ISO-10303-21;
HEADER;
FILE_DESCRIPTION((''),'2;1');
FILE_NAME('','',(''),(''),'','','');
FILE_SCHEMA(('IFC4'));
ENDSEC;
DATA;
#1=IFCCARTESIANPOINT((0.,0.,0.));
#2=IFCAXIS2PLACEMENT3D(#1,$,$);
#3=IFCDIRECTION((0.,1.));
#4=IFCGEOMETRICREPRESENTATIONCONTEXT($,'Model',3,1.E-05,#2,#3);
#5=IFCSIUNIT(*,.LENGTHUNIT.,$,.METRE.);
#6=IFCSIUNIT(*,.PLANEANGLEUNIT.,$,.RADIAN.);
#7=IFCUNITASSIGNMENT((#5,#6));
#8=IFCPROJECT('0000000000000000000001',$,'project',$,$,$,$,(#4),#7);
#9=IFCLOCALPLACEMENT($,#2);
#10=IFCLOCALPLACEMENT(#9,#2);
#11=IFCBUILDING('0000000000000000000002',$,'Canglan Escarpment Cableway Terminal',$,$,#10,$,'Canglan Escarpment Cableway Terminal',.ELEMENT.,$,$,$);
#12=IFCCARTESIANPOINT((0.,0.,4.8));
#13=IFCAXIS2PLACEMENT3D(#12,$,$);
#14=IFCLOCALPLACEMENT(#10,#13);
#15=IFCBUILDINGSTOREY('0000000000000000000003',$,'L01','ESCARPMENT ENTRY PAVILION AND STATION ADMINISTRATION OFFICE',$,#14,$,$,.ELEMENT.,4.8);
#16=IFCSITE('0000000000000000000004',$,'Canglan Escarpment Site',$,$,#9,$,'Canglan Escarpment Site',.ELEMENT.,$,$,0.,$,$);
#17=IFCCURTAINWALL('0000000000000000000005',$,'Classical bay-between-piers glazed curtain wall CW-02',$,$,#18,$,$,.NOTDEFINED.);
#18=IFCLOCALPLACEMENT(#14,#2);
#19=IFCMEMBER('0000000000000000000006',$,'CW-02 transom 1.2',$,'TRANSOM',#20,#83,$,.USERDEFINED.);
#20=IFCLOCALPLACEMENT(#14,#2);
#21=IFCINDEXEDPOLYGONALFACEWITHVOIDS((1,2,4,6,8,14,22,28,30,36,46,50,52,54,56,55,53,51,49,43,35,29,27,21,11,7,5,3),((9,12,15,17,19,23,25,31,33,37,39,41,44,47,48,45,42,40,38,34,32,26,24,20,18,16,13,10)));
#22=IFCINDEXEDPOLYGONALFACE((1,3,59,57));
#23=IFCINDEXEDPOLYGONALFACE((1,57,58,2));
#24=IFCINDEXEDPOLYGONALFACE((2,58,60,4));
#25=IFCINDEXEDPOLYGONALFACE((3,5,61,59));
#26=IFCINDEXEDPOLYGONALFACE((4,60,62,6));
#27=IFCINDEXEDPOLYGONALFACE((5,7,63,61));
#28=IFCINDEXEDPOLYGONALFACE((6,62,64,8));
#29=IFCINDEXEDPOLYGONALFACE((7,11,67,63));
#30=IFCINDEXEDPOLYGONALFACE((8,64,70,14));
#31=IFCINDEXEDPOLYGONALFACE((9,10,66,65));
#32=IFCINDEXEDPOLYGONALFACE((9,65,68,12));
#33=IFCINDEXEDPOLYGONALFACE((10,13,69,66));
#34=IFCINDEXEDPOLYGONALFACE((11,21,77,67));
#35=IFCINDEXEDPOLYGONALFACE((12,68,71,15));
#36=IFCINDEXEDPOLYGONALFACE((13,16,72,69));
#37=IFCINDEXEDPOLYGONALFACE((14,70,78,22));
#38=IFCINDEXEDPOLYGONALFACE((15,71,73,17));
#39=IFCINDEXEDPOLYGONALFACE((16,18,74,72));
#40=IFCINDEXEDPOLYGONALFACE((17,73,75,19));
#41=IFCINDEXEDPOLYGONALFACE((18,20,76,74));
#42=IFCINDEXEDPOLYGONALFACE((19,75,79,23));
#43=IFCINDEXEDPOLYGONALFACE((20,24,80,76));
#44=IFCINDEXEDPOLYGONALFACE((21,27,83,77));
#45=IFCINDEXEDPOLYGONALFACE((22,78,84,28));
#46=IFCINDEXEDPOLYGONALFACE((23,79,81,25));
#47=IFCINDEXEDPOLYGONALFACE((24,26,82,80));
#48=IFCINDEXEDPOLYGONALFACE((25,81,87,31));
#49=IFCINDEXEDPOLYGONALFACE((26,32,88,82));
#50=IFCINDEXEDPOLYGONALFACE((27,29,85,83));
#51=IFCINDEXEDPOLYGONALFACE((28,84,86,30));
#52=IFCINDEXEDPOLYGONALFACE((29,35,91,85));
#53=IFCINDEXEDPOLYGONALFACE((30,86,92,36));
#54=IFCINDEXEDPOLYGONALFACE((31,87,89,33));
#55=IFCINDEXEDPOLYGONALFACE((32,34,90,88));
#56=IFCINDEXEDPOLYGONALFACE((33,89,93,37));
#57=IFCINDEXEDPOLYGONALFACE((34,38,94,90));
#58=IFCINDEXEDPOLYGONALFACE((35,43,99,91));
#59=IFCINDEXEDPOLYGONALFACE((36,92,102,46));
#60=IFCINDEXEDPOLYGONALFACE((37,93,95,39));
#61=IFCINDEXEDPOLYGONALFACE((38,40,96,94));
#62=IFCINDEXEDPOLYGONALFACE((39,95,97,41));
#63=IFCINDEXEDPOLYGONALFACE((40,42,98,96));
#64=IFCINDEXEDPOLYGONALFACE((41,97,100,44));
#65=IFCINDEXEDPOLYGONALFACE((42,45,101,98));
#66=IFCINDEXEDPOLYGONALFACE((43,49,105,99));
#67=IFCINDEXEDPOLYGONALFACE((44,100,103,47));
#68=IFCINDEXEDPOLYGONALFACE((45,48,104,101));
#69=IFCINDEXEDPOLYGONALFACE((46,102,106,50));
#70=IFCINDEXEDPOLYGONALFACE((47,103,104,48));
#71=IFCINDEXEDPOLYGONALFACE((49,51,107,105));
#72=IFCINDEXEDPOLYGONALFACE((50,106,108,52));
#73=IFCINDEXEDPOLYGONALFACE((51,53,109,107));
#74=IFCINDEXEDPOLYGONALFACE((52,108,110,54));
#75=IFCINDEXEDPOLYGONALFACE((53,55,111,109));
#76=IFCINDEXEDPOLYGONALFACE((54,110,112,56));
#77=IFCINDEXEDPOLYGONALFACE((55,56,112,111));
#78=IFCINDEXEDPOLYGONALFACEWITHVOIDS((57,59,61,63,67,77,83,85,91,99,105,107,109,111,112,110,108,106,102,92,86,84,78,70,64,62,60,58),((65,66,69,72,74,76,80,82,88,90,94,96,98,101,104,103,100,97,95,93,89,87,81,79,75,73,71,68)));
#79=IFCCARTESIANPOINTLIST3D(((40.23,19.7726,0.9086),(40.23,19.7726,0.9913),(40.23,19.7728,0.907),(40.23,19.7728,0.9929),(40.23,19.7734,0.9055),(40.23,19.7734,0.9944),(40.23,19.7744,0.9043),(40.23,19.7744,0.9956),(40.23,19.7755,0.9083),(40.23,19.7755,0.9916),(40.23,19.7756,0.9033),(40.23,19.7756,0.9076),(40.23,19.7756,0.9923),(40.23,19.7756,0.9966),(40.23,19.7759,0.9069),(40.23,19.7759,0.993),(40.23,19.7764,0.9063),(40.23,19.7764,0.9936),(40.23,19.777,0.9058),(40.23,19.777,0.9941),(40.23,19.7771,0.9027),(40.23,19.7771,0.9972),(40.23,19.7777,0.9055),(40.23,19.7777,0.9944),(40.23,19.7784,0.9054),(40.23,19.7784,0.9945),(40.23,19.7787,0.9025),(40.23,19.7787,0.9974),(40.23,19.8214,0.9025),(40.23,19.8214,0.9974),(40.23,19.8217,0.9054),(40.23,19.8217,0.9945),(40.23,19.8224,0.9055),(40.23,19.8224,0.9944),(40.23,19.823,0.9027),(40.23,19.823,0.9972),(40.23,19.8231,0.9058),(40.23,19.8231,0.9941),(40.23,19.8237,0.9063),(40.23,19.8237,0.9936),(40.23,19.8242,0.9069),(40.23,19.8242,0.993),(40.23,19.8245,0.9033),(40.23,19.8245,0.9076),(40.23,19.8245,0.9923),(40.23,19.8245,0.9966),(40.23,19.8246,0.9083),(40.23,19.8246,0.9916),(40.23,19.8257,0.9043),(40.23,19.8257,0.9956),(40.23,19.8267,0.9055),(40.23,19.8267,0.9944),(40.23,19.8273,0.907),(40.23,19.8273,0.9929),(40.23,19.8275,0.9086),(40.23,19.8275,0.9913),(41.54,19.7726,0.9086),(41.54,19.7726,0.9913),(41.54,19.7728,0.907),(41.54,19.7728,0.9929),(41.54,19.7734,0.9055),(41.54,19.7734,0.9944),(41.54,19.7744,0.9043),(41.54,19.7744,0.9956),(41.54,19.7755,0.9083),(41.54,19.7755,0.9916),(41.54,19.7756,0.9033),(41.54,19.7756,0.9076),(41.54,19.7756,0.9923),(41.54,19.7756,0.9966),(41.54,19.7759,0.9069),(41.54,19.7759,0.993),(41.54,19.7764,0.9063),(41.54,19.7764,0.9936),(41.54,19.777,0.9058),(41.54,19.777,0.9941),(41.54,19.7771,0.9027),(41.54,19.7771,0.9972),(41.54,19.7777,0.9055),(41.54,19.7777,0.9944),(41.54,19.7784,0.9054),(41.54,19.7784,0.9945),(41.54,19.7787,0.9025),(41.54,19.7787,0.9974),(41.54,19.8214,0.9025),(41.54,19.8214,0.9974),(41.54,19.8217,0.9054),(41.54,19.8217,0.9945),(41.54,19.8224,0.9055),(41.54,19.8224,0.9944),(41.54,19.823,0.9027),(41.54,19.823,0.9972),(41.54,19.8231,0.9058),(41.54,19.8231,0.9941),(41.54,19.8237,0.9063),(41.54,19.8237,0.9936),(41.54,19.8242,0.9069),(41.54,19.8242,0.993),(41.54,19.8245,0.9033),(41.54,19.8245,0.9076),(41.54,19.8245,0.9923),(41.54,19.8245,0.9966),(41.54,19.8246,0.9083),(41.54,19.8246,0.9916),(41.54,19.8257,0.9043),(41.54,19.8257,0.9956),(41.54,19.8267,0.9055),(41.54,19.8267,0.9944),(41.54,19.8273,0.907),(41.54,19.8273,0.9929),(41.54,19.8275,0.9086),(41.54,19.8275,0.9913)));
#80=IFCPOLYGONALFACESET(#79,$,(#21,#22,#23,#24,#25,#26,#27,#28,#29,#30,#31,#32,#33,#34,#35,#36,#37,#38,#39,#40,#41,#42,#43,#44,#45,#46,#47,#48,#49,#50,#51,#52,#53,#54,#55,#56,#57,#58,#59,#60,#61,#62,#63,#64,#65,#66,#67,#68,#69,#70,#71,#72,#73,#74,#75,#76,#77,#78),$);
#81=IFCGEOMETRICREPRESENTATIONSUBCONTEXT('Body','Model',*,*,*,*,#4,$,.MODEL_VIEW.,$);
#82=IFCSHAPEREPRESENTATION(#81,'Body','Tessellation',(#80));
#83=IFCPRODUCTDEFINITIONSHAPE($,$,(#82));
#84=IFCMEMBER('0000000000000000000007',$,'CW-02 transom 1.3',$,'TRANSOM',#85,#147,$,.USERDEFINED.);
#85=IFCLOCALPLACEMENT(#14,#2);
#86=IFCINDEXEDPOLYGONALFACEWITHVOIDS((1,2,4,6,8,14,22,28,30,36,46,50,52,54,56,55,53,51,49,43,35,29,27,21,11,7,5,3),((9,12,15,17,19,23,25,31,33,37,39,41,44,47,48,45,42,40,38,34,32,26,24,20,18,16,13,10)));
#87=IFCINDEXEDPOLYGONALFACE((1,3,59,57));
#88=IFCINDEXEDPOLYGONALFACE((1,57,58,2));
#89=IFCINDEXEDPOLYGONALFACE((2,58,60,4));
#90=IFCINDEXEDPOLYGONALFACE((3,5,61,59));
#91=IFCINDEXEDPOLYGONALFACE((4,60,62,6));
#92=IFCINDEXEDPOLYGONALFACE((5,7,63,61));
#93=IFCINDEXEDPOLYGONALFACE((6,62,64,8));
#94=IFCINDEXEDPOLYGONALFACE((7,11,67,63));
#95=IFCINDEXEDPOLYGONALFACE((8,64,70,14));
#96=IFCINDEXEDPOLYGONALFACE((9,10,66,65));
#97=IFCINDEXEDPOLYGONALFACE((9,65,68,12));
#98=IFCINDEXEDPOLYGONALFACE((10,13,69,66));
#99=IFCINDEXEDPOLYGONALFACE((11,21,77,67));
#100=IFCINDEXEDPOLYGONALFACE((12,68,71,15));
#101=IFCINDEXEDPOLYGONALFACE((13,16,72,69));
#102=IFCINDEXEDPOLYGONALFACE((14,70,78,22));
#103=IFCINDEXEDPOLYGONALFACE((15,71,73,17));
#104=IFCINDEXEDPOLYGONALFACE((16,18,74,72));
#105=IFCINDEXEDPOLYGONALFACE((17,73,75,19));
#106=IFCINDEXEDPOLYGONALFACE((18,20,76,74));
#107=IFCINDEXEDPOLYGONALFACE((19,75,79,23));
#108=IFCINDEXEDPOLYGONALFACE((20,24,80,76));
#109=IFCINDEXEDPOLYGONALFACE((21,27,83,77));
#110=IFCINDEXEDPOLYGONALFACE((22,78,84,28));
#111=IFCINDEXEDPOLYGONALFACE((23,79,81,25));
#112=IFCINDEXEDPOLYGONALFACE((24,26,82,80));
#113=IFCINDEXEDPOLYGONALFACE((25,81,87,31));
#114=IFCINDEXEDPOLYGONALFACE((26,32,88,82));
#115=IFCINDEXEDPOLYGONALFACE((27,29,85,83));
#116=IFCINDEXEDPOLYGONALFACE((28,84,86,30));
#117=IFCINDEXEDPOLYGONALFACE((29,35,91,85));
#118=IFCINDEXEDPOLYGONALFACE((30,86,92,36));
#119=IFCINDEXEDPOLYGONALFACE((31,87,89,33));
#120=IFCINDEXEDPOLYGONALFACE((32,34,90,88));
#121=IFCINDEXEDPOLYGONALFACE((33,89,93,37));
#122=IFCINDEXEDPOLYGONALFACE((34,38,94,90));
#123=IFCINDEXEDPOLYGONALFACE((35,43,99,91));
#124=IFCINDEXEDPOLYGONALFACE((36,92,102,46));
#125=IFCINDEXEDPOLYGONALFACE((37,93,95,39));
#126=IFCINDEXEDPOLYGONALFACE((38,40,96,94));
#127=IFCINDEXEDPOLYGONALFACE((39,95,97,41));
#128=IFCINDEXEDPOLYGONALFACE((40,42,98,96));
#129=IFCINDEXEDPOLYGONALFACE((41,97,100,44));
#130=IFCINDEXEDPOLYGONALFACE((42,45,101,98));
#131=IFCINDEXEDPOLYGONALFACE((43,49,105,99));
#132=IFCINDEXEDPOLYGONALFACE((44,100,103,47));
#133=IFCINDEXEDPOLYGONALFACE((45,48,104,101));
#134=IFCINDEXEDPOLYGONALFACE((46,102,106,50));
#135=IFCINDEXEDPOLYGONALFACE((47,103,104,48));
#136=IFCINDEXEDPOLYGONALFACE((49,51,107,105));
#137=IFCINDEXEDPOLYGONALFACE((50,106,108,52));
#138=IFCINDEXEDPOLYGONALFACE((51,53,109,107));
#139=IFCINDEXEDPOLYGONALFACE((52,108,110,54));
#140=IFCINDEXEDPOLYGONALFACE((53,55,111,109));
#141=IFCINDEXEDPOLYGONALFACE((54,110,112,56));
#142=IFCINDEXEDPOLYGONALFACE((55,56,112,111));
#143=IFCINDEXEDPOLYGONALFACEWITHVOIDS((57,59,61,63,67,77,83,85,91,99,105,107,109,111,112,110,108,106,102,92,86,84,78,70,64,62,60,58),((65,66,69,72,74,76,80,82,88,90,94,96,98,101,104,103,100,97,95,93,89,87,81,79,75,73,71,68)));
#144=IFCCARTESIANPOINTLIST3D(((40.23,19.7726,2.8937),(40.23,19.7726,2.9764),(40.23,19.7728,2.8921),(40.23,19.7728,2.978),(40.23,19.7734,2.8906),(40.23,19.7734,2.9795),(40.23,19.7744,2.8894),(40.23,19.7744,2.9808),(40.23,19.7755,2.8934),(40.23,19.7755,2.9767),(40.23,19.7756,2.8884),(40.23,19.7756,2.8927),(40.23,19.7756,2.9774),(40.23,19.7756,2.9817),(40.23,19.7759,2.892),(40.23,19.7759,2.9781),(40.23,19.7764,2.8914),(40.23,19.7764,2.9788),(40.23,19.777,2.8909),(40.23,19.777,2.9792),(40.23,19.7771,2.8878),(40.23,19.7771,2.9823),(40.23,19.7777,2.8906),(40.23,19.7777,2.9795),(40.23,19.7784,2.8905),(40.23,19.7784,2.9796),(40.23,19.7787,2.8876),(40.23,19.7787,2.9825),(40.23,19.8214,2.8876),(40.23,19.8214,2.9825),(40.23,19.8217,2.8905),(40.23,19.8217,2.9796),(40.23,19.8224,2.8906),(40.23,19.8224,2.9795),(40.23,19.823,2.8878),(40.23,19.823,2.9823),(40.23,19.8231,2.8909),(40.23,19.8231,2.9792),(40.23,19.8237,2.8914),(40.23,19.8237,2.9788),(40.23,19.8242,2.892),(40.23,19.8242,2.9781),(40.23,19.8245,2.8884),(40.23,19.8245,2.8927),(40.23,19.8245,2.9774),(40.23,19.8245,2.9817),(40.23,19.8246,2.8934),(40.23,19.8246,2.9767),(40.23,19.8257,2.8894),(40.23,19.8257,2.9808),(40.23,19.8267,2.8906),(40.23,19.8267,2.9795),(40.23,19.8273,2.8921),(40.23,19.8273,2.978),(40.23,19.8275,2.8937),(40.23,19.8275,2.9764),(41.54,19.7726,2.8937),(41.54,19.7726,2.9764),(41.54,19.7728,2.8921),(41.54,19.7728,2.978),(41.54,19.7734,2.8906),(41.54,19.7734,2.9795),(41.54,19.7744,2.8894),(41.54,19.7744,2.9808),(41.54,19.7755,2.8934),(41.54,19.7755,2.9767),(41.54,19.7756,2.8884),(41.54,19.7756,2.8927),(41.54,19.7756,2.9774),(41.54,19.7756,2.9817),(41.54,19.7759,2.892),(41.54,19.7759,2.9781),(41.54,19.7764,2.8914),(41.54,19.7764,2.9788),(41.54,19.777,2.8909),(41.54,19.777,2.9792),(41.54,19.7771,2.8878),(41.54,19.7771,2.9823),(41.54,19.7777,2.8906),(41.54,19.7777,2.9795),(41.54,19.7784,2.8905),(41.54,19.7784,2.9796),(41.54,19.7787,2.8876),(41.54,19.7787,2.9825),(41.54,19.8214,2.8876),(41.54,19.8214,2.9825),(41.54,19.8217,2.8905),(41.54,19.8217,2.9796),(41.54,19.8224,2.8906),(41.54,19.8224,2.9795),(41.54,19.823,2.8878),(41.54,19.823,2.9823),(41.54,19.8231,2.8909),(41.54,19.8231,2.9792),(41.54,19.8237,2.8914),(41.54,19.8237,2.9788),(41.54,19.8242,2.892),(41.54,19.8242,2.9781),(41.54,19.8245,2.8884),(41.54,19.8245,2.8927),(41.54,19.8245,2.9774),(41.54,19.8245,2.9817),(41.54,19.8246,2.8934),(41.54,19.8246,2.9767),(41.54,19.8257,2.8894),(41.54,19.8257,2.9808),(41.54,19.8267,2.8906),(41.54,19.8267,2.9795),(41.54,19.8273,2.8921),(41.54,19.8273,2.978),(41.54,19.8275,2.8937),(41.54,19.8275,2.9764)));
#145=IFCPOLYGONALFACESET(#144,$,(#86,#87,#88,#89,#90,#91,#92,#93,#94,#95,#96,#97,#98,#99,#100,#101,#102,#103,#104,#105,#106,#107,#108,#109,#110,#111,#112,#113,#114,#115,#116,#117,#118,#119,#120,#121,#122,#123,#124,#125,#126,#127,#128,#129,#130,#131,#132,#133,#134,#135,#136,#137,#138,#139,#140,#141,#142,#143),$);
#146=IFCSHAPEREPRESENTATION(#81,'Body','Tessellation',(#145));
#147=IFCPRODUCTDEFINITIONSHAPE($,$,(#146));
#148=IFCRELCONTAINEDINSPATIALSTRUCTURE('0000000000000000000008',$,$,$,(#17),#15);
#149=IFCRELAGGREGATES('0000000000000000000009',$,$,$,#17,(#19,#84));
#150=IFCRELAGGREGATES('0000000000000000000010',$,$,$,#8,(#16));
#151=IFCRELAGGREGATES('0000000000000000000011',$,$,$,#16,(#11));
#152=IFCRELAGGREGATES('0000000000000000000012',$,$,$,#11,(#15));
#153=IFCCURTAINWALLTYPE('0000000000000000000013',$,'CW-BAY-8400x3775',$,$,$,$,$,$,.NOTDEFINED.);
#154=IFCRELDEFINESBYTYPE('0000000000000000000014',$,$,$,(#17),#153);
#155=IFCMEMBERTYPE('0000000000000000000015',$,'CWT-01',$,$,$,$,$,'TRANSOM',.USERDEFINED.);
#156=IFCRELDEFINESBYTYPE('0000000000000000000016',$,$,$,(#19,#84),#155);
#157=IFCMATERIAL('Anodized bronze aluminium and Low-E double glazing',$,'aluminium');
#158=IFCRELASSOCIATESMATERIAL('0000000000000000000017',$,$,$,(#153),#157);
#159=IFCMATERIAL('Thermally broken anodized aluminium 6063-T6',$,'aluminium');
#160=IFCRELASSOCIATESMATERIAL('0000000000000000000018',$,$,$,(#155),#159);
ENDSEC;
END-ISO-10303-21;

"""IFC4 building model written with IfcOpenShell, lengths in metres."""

from ifc_helpers import new_model, si_unit, direction, frame, origin, origin_2d, place, context, subcontext, project, spatial, hollow_rectangle, extrude, material, material_profile, profile_set, type_object, element, aggregate, save


model = new_model("IFC4")

# Units and contexts
model_context = context("Model", 3, precision=1e-05, world=origin(), true_north=direction((0.0, 1.0)))
body_context = subcontext(model_context, "Body", "Model", "MODEL_VIEW")
ifc_project = project(units=[si_unit("LENGTHUNIT", "METRE"), si_unit("PLANEANGLEUNIT", "RADIAN")], contexts=[model_context])

# Site, building, storey
site_placement = place(None, origin())
site = spatial("IfcSite", under=ifc_project, at=site_placement, Name="Canglan Escarpment Site", LongName="Canglan Escarpment Site", CompositionType="ELEMENT", RefElevation=0.0)
building_placement = place(site_placement, origin())
building = spatial("IfcBuilding", under=site, at=building_placement, Name="Canglan Escarpment Cableway Terminal", LongName="Canglan Escarpment Cableway Terminal", CompositionType="ELEMENT")
storey_placement = place(building_placement, frame((0.0, 0.0, 4.8)))
storey = spatial("IfcBuildingStorey", under=building, at=storey_placement, Name="L01", Description="ESCARPMENT ENTRY PAVILION AND STATION ADMINISTRATION OFFICE", CompositionType="ELEMENT", Elevation=4.8)

# Curtain wall, members
ifc_material_1 = material(Name="Anodized bronze aluminium and Low-E double glazing", Category="aluminium")
curtain_wall_type = type_object("IfcCurtainWallType", Name="CW-BAY-8400x3775", PredefinedType="NOTDEFINED", material=ifc_material_1)
curtain_wall_placement = place(storey_placement, origin())
curtain_wall = element("IfcCurtainWall", 1, at=curtain_wall_placement, inside=storey, type_object=curtain_wall_type, Name="Classical bay-between-piers glazed curtain wall CW-02", PredefinedType="NOTDEFINED")
ifc_material_2 = material(Name="Thermally broken anodized aluminium 6063-T6", Category="aluminium")
ifc_material_profile_1 = material_profile(ifc_material_2, hollow_rectangle(XDim=0.0549, YDim=0.095, WallThickness=0.0029, InnerFilletRadius=0.0029, OuterFilletRadius=0.0061, at=origin_2d()), Name="ALU-TRAN 55x95x3")
ifc_profile_set_1 = profile_set([ifc_material_profile_1], Name="Thermally broken anodized aluminium 6063-T6")
member_type_1 = type_object("IfcMemberType", Name="CWT-01", ElementType="TRANSOM", PredefinedType="USERDEFINED", material=ifc_profile_set_1)
member_1_placement = place(storey_placement, frame((41.54, 19.8, 0.95), z_axis=(-1.0, 0.0, 0.0), x_axis=(0.0, -1.0, 0.0)))
member_1 = element("IfcMember", 2, at=member_1_placement, type_object=member_type_1, Name="CW-02 transom 1.2", ObjectType="TRANSOM", PredefinedType="USERDEFINED", context=body_context, shape_type="SweptSolid", body=[
    extrude(hollow_rectangle(XDim=0.0549, YDim=0.095, WallThickness=0.0029, InnerFilletRadius=0.0029, OuterFilletRadius=0.0061, at=origin_2d()), origin(), (0.0, 0.0, 1.0), 1.3101),
])
member_2_placement = place(storey_placement, frame((41.54, 19.8, 2.9351), z_axis=(-1.0, 0.0, 0.0), x_axis=(0.0, -1.0, 0.0)))
member_2 = element("IfcMember", 3, at=member_2_placement, type_object=member_type_1, Name="CW-02 transom 1.3", ObjectType="TRANSOM", PredefinedType="USERDEFINED", context=body_context, shape_type="SweptSolid", body=[
    extrude(hollow_rectangle(XDim=0.0549, YDim=0.095, WallThickness=0.0029, InnerFilletRadius=0.0029, OuterFilletRadius=0.0061, at=origin_2d()), origin(), (0.0, 0.0, 1.0), 1.3101),
])
aggregate(curtain_wall, [member_1, member_2])

save(model, "model.ifc")
